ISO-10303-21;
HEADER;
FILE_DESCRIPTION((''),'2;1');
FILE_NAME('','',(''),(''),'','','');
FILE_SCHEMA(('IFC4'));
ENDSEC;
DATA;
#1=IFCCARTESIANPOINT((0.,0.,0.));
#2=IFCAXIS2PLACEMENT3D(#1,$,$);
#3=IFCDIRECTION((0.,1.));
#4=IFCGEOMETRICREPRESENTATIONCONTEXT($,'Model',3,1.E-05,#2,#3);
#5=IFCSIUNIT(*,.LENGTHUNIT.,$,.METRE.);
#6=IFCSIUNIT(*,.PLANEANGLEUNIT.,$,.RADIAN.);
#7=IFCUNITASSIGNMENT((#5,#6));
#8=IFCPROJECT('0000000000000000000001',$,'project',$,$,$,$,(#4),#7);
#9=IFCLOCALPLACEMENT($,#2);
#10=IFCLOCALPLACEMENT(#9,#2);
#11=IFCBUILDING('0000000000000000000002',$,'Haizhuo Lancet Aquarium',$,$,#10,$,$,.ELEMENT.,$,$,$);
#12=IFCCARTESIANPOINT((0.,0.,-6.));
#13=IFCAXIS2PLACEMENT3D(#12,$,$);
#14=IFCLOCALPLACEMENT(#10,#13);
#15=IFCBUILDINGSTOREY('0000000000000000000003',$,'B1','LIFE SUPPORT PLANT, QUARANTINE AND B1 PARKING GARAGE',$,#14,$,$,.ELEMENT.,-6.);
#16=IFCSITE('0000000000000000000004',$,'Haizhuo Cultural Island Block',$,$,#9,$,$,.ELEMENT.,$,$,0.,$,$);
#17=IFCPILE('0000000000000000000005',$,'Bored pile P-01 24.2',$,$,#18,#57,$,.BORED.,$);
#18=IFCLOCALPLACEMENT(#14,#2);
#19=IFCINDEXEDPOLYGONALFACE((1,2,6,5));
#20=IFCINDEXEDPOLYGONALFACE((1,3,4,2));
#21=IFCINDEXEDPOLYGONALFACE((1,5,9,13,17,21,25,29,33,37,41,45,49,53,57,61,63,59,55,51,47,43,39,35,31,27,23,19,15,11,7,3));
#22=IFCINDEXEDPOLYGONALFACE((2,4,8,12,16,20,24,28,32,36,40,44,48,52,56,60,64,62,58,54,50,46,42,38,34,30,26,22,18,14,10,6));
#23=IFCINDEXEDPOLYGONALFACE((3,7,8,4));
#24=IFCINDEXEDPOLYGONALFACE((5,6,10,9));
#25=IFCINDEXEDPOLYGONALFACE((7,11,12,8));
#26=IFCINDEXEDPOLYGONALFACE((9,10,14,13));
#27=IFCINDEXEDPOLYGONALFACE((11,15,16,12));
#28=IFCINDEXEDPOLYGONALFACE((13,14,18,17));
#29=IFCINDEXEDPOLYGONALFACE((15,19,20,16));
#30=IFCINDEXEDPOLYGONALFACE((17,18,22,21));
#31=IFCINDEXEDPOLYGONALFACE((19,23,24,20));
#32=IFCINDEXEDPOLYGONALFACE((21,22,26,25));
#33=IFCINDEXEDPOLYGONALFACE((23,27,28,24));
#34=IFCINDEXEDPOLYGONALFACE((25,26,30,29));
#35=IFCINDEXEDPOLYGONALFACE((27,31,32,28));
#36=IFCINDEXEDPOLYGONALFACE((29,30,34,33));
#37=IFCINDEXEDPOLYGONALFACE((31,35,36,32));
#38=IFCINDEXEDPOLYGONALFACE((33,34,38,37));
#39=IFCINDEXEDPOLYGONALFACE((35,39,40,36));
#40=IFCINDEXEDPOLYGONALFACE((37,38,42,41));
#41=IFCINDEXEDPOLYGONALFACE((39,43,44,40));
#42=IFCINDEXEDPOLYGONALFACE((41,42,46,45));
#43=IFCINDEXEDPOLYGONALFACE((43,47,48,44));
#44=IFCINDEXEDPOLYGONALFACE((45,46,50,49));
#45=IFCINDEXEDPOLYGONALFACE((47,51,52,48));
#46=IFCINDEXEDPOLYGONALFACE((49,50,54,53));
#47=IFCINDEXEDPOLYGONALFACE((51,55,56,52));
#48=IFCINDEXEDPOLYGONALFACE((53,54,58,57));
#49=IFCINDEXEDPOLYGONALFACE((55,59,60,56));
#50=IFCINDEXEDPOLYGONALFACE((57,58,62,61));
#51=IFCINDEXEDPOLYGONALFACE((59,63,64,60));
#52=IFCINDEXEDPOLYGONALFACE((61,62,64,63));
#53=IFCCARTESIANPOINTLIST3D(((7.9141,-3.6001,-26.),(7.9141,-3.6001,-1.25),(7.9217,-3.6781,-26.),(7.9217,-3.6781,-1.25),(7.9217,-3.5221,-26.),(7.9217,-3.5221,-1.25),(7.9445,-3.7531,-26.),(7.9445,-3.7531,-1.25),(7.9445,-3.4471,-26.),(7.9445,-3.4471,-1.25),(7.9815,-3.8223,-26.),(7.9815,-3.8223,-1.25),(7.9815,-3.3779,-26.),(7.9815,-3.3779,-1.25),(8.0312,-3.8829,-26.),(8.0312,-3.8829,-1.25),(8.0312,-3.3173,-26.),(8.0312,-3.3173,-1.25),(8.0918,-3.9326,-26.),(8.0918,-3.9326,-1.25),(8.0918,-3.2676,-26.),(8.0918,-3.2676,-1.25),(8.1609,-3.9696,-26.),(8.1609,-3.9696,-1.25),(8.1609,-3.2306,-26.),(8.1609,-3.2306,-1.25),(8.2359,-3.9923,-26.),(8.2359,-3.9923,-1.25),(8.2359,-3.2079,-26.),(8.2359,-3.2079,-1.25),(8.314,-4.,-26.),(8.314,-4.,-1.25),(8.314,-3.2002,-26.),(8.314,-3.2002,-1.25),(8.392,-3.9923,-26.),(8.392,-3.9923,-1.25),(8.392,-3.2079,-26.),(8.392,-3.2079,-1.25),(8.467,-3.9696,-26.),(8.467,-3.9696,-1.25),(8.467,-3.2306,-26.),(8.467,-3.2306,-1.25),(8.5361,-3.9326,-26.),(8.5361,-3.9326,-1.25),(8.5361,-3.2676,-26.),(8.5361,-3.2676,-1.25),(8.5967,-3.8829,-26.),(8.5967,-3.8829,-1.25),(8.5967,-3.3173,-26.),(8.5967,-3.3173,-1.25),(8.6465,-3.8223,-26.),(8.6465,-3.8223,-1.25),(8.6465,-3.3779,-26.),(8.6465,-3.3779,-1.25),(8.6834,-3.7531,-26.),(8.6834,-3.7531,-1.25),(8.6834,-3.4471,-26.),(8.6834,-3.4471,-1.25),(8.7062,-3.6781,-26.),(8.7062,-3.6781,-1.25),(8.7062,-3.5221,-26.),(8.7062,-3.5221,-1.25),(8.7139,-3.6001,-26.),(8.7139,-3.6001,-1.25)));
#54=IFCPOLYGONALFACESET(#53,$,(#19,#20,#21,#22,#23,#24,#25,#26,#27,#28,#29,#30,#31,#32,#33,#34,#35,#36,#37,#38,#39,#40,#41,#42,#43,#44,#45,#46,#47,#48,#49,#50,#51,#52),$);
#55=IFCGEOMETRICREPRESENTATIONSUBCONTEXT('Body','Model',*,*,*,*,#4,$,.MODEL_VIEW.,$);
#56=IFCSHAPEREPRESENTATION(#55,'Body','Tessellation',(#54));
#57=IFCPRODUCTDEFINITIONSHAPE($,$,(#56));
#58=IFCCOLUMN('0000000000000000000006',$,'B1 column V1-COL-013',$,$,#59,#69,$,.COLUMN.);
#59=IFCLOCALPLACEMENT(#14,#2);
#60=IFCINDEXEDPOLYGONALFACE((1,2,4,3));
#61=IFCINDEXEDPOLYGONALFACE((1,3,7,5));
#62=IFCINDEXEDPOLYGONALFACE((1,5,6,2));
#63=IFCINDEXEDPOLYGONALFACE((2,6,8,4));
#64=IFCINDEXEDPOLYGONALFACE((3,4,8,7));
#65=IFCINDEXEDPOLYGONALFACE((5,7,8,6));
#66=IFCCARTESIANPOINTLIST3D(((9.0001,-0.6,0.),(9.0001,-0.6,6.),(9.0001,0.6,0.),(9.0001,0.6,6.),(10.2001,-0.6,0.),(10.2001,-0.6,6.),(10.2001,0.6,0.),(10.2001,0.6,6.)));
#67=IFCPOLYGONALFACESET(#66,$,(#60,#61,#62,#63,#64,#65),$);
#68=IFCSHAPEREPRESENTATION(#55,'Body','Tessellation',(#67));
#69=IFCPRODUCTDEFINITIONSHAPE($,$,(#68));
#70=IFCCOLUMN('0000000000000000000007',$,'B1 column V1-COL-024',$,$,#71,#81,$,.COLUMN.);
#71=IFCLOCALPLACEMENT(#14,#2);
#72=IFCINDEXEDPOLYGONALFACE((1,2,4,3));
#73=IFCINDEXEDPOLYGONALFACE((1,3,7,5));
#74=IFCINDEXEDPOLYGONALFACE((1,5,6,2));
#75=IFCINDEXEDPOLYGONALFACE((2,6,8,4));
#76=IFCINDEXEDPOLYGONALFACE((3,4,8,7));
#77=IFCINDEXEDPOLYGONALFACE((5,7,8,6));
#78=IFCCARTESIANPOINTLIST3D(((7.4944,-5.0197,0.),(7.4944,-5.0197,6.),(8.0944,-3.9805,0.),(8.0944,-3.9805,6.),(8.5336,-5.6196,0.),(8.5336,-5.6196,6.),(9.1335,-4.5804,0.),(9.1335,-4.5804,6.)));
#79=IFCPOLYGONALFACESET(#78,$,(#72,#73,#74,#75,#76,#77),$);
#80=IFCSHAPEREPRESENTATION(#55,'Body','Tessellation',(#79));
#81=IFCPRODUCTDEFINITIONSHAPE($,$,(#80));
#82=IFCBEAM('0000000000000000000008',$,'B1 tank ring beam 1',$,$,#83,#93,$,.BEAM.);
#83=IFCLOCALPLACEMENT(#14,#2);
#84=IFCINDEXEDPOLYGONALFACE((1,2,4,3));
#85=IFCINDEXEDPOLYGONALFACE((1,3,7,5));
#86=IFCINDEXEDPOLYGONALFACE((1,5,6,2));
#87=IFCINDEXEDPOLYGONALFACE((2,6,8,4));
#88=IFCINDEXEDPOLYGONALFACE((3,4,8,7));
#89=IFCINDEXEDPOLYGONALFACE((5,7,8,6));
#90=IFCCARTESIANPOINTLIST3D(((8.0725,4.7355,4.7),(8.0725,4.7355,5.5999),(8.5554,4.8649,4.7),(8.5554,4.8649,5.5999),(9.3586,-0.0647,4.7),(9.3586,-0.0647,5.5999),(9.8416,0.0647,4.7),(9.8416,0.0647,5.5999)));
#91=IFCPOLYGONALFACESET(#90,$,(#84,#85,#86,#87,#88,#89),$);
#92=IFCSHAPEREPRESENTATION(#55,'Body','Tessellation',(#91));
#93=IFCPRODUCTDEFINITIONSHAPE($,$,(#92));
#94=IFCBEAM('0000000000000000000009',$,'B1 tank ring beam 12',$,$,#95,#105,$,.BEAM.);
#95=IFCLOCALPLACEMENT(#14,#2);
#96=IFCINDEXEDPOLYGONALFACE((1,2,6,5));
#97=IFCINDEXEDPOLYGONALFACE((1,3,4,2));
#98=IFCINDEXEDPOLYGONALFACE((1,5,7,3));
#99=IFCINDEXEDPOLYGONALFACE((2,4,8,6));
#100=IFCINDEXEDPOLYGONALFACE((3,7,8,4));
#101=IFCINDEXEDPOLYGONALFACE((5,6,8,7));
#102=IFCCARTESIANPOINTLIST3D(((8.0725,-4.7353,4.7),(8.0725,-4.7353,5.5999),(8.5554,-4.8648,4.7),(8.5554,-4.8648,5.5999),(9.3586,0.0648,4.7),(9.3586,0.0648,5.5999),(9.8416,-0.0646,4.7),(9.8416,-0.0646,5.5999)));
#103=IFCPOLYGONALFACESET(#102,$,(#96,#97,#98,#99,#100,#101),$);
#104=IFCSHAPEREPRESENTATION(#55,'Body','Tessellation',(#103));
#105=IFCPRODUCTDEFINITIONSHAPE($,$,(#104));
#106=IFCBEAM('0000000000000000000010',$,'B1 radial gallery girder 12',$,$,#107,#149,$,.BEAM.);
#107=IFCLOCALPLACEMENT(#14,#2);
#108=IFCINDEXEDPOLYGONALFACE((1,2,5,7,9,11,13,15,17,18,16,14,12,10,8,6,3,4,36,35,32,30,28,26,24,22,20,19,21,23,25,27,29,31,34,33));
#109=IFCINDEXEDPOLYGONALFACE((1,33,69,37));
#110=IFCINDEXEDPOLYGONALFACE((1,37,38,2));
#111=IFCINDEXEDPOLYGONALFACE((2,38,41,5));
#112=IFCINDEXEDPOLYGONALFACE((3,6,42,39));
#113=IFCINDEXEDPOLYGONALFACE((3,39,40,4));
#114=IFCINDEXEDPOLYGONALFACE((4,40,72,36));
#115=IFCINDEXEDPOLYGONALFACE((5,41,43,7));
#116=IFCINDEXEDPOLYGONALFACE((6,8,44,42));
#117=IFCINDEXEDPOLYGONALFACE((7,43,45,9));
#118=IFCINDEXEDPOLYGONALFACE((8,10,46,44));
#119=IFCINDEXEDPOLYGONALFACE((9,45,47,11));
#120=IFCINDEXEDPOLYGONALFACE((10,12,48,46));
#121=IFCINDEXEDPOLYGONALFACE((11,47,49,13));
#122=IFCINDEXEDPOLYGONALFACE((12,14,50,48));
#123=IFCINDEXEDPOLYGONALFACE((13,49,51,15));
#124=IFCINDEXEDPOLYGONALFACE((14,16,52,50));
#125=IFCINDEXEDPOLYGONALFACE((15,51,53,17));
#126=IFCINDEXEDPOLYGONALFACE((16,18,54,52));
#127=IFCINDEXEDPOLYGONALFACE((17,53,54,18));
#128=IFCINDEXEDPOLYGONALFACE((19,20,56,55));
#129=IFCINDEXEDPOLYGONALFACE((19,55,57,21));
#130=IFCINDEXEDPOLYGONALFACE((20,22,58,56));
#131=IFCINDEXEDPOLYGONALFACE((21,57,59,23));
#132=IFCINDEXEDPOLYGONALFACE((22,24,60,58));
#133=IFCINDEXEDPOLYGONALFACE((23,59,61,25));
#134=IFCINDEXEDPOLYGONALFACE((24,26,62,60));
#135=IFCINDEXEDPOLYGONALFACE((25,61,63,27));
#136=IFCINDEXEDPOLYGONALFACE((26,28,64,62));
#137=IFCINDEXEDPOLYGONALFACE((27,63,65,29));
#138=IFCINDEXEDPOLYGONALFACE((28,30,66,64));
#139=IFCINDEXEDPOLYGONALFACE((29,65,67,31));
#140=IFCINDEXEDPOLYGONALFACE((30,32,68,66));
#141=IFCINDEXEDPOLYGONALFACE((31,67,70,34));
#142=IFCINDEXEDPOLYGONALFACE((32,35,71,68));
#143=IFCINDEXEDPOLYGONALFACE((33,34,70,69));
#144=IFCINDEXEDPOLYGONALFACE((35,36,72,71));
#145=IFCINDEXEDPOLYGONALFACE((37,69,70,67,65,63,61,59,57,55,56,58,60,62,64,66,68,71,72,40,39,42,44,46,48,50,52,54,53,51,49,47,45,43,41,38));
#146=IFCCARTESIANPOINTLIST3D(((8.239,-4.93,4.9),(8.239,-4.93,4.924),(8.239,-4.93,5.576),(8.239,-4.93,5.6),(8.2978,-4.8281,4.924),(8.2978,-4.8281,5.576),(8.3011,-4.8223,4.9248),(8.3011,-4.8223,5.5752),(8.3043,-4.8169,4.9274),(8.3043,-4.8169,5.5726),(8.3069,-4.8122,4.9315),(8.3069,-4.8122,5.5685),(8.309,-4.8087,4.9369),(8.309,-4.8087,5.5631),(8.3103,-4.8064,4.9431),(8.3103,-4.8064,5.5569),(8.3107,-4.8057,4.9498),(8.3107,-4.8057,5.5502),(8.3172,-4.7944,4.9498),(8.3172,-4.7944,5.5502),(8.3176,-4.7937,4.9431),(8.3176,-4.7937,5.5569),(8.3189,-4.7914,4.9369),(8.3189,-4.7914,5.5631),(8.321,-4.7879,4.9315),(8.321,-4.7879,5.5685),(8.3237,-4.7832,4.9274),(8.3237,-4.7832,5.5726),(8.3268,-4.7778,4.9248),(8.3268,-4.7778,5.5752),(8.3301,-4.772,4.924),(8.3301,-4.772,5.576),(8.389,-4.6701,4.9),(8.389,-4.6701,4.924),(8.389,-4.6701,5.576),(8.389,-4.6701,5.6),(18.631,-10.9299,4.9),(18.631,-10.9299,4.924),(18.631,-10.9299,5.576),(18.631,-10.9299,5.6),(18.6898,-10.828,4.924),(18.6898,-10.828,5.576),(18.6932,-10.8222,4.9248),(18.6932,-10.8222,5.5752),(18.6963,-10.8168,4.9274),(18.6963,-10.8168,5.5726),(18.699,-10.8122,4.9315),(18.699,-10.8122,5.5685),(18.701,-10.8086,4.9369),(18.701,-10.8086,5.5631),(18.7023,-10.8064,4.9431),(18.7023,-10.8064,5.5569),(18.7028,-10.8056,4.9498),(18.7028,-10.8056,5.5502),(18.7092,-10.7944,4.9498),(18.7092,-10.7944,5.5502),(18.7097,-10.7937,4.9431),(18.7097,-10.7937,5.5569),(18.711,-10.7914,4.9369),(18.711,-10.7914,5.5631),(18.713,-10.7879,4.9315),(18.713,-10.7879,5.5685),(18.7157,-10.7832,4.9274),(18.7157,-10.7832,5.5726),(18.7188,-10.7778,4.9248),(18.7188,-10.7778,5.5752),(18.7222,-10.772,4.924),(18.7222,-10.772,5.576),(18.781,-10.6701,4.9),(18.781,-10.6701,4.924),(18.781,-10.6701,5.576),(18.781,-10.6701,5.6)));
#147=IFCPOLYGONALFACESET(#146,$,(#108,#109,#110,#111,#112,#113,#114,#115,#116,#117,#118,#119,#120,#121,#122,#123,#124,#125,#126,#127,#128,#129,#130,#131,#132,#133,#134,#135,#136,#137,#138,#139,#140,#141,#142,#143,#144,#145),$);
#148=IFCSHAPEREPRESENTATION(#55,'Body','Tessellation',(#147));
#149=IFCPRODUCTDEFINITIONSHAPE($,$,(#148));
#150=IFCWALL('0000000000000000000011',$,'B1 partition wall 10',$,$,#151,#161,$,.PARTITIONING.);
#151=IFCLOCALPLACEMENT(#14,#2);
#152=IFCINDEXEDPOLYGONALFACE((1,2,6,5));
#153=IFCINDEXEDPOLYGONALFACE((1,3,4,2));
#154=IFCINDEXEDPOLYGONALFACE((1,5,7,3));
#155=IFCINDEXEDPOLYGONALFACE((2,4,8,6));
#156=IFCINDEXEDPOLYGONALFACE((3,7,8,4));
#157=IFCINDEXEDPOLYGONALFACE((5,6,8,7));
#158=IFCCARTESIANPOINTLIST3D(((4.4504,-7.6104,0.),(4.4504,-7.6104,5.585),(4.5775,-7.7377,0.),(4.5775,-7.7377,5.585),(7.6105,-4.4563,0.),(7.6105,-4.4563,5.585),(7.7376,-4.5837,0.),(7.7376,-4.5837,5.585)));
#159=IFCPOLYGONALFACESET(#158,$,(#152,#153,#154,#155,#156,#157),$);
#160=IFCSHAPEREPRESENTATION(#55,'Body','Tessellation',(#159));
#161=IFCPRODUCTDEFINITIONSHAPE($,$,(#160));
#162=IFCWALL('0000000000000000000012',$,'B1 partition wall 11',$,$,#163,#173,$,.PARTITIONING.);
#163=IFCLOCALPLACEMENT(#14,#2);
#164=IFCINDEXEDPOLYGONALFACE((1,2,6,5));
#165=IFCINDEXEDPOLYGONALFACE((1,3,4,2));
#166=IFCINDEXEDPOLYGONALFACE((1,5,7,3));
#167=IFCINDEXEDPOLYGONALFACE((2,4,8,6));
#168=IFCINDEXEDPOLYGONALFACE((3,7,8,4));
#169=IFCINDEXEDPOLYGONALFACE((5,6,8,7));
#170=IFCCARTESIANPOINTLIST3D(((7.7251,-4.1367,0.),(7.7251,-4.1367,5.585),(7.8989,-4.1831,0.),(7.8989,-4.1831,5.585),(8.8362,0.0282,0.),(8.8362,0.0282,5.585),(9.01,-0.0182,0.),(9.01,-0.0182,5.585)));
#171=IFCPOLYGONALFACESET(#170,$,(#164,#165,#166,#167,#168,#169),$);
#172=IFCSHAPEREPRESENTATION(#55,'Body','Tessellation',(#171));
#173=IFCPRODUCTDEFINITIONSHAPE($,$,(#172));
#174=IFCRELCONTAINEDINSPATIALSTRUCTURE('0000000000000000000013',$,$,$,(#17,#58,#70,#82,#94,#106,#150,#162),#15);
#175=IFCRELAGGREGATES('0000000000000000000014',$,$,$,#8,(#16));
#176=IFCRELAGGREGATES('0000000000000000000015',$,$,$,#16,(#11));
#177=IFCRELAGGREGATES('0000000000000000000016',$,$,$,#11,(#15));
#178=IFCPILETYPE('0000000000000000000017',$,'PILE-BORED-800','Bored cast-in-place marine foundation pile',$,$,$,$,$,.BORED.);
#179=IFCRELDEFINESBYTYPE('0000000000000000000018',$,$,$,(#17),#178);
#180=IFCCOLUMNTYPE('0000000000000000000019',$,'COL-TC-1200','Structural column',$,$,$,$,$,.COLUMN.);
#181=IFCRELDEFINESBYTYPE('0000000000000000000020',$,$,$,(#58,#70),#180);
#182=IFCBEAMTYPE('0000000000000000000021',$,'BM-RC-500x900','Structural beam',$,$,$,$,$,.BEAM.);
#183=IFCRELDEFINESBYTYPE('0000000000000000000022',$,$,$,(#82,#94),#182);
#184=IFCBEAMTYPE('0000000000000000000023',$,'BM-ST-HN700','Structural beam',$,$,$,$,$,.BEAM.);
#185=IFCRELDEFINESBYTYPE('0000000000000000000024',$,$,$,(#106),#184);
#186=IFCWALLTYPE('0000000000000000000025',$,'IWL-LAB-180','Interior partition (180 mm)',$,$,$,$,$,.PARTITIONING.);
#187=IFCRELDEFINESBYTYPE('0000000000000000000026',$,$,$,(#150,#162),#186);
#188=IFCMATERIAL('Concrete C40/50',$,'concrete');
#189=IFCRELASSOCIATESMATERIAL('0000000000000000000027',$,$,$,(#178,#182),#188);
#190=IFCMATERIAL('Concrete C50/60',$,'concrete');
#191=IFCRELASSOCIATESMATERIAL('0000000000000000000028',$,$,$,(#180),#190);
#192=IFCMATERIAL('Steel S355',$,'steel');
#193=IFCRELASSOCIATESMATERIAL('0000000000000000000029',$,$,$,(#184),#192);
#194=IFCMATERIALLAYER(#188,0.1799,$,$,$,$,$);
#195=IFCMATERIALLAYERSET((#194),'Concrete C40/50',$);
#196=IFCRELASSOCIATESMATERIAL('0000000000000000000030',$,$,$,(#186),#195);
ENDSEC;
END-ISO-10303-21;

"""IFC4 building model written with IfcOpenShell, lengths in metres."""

from ifc_helpers import new_model, si_unit, direction, frame, frame_2d, origin, origin_2d, place, context, subcontext, project, spatial, rectangle, circle, i_section, extrude, material, layer, layer_set, material_profile, profile_set, type_object, element, save


model = new_model("IFC4")

# Units and contexts
model_context = context("Model", 3, precision=1e-05, world=origin(), true_north=direction((0.0, 1.0)))
body_context = subcontext(model_context, "Body", "Model", "MODEL_VIEW")
ifc_project = project(units=[si_unit("LENGTHUNIT", "METRE"), si_unit("PLANEANGLEUNIT", "RADIAN")], contexts=[model_context])

# Site, building, storey
site_placement = place(None, origin())
site = spatial("IfcSite", under=ifc_project, at=site_placement, Name="Haizhuo Cultural Island Block", CompositionType="ELEMENT", RefElevation=0.0)
building_placement = place(site_placement, origin())
building = spatial("IfcBuilding", under=site, at=building_placement, Name="Haizhuo Lancet Aquarium", CompositionType="ELEMENT")
storey_placement = place(building_placement, frame((0.0, 0.0, -6.0)))
storey = spatial("IfcBuildingStorey", under=building, at=storey_placement, Name="B1", Description="LIFE SUPPORT PLANT, QUARANTINE AND B1 PARKING GARAGE", CompositionType="ELEMENT", Elevation=-6.0)

# Shared definitions
ifc_material_1 = material(Name="Concrete C40/50", Category="concrete")

# Pile
ifc_material_profile_1 = material_profile(ifc_material_1, circle(Radius=0.3999, at=origin_2d()), Name="PILE-800")
ifc_profile_set_1 = profile_set([ifc_material_profile_1], Name="Concrete C40/50")
pile_type_1 = type_object("IfcPileType", Name="PILE-BORED-800", Description="Bored cast-in-place marine foundation pile", PredefinedType="BORED", material=ifc_profile_set_1)
for number, where, z_axis, x_axis, name in (
    (1, (8.314, -3.6001, -1.25), (0.0, 0.0, -1.0), (1.0, 0.0, 0.0), "Bored pile P-01 24.2"),
):
    element("IfcPile", number, at=place(storey_placement, frame(where, z_axis=z_axis, x_axis=x_axis)), inside=storey, type_object=pile_type_1, Name=name, PredefinedType="BORED", context=body_context, shape_type="SweptSolid", body=[
        extrude(circle(Radius=0.3999, at=origin_2d()), origin(), (0.0, 0.0, 1.0), 24.75),
    ])

# Columns
ifc_material_2 = material(Name="Concrete C50/60", Category="concrete")
ifc_material_profile_2 = material_profile(ifc_material_2, rectangle(XDim=1.2, YDim=1.2, at=origin_2d()), Name="RC-COL 1200x1200")
ifc_profile_set_2 = profile_set([ifc_material_profile_2], Name="Concrete C50/60")
column_type = type_object("IfcColumnType", Name="COL-TC-1200", Description="Structural column", PredefinedType="COLUMN", material=ifc_profile_set_2)
for number, where, z_axis, x_axis, name in (
    (2, (9.6001, 0.0, 0.0), (0.0, 0.0, 1.0), (1.0, 0.0, 0.0), "B1 column V1-COL-013"),
    (3, (8.314, -4.8, 0.0), (0.0, 0.0, 1.0), (0.866025, -0.5, 0.0), "B1 column V1-COL-024"),
):
    element("IfcColumn", number, at=place(storey_placement, frame(where, z_axis=z_axis, x_axis=x_axis)), inside=storey, type_object=column_type, Name=name, PredefinedType="COLUMN", context=body_context, shape_type="SweptSolid", body=[
        extrude(rectangle(XDim=1.2, YDim=1.2, at=origin_2d()), origin(), (0.0, 0.0, 1.0), 6.0),
    ])

# Beams
ifc_material_profile_3 = material_profile(ifc_material_1, rectangle(XDim=0.5, YDim=0.8999, at=origin_2d()), Name="RC-BM 500x900")
ifc_profile_set_3 = profile_set([ifc_material_profile_3], Name="Concrete C40/50")
beam_type_1 = type_object("IfcBeamType", Name="BM-RC-500x900", Description="Structural beam", PredefinedType="BEAM", material=ifc_profile_set_3)
for number, where, z_axis, x_axis, name in (
    (4, (9.6001, 0.0, 5.1499), (-0.258812, 0.965928, 0.0), (-0.965928, -0.258812, 0.0), "B1 tank ring beam 1"),
    (5, (8.314, -4.8, 5.1499), (0.258812, 0.965928, 0.0), (-0.965928, 0.258812, 0.0), "B1 tank ring beam 12"),
):
    element("IfcBeam", number, at=place(storey_placement, frame(where, z_axis=z_axis, x_axis=x_axis)), inside=storey, type_object=beam_type_1, Name=name, PredefinedType="BEAM", context=body_context, shape_type="SweptSolid", body=[
        extrude(rectangle(XDim=0.5, YDim=0.8999, at=origin_2d()), origin(), (0.0, 0.0, 1.0), 4.9695),
    ])
ifc_material_3 = material(Name="Steel S355", Category="steel")
ifc_material_profile_4 = material_profile(ifc_material_3, i_section(OverallWidth=0.3, OverallDepth=0.7, WebThickness=0.0129, FlangeThickness=0.0239, FilletRadius=0.0259, at=origin_2d()), Name="HN 700x300x13x24")
ifc_profile_set_4 = profile_set([ifc_material_profile_4], Name="Steel S355")
beam_type_2 = type_object("IfcBeamType", Name="BM-ST-HN700", Description="Structural beam", PredefinedType="BEAM", material=ifc_profile_set_4)
beam_placement = place(storey_placement, frame((8.314, -4.8, 5.25), z_axis=(0.866021, -0.500008, 0.0), x_axis=(0.500008, 0.866021, 0.0)))
element("IfcBeam", 6, at=beam_placement, inside=storey, type_object=beam_type_2, Name="B1 radial gallery girder 12", PredefinedType="BEAM", context=body_context, shape_type="SweptSolid", body=[
    extrude(i_section(OverallWidth=0.3, OverallDepth=0.7, WebThickness=0.0129, FlangeThickness=0.0239, FilletRadius=0.0259, at=origin_2d()), origin(), (0.0, 0.0, 1.0), 11.9998),
])

# Walls
ifc_layer_1 = layer(ifc_material_1, 0.1799)
ifc_layer_set_1 = layer_set([ifc_layer_1], Name="Concrete C40/50")
wall_type_1 = type_object("IfcWallType", Name="IWL-LAB-180", Description="Interior partition (180 mm)", PredefinedType="PARTITIONING", material=ifc_layer_set_1)
wall_1_placement = place(storey_placement, frame((4.5139, -7.6741, 0.0), z_axis=(0.0, 0.0, 1.0), x_axis=(0.70779, 0.706423, 0.0)))
element("IfcWall", 7, at=wall_1_placement, inside=storey, type_object=wall_type_1, Name="B1 partition wall 10", PredefinedType="PARTITIONING", context=body_context, shape_type="SweptSolid", body=[
    extrude(rectangle(XDim=4.4648, YDim=0.1799, at=frame_2d((2.2324, 0.0))), origin(), (0.0, 0.0, 1.0), 5.585),
])
wall_2_placement = place(storey_placement, frame((7.812, -4.1599, 0.0), z_axis=(0.0, 0.0, 1.0), x_axis=(0.257765, 0.966208, 0.0)))
element("IfcWall", 8, at=wall_2_placement, inside=storey, type_object=wall_type_1, Name="B1 partition wall 11", PredefinedType="PARTITIONING", context=body_context, shape_type="SweptSolid", body=[
    extrude(rectangle(XDim=4.3105, YDim=0.1799, at=frame_2d((2.1553, 0.0))), origin(), (0.0, 0.0, 1.0), 5.585),
])

save(model, "model.ifc")
